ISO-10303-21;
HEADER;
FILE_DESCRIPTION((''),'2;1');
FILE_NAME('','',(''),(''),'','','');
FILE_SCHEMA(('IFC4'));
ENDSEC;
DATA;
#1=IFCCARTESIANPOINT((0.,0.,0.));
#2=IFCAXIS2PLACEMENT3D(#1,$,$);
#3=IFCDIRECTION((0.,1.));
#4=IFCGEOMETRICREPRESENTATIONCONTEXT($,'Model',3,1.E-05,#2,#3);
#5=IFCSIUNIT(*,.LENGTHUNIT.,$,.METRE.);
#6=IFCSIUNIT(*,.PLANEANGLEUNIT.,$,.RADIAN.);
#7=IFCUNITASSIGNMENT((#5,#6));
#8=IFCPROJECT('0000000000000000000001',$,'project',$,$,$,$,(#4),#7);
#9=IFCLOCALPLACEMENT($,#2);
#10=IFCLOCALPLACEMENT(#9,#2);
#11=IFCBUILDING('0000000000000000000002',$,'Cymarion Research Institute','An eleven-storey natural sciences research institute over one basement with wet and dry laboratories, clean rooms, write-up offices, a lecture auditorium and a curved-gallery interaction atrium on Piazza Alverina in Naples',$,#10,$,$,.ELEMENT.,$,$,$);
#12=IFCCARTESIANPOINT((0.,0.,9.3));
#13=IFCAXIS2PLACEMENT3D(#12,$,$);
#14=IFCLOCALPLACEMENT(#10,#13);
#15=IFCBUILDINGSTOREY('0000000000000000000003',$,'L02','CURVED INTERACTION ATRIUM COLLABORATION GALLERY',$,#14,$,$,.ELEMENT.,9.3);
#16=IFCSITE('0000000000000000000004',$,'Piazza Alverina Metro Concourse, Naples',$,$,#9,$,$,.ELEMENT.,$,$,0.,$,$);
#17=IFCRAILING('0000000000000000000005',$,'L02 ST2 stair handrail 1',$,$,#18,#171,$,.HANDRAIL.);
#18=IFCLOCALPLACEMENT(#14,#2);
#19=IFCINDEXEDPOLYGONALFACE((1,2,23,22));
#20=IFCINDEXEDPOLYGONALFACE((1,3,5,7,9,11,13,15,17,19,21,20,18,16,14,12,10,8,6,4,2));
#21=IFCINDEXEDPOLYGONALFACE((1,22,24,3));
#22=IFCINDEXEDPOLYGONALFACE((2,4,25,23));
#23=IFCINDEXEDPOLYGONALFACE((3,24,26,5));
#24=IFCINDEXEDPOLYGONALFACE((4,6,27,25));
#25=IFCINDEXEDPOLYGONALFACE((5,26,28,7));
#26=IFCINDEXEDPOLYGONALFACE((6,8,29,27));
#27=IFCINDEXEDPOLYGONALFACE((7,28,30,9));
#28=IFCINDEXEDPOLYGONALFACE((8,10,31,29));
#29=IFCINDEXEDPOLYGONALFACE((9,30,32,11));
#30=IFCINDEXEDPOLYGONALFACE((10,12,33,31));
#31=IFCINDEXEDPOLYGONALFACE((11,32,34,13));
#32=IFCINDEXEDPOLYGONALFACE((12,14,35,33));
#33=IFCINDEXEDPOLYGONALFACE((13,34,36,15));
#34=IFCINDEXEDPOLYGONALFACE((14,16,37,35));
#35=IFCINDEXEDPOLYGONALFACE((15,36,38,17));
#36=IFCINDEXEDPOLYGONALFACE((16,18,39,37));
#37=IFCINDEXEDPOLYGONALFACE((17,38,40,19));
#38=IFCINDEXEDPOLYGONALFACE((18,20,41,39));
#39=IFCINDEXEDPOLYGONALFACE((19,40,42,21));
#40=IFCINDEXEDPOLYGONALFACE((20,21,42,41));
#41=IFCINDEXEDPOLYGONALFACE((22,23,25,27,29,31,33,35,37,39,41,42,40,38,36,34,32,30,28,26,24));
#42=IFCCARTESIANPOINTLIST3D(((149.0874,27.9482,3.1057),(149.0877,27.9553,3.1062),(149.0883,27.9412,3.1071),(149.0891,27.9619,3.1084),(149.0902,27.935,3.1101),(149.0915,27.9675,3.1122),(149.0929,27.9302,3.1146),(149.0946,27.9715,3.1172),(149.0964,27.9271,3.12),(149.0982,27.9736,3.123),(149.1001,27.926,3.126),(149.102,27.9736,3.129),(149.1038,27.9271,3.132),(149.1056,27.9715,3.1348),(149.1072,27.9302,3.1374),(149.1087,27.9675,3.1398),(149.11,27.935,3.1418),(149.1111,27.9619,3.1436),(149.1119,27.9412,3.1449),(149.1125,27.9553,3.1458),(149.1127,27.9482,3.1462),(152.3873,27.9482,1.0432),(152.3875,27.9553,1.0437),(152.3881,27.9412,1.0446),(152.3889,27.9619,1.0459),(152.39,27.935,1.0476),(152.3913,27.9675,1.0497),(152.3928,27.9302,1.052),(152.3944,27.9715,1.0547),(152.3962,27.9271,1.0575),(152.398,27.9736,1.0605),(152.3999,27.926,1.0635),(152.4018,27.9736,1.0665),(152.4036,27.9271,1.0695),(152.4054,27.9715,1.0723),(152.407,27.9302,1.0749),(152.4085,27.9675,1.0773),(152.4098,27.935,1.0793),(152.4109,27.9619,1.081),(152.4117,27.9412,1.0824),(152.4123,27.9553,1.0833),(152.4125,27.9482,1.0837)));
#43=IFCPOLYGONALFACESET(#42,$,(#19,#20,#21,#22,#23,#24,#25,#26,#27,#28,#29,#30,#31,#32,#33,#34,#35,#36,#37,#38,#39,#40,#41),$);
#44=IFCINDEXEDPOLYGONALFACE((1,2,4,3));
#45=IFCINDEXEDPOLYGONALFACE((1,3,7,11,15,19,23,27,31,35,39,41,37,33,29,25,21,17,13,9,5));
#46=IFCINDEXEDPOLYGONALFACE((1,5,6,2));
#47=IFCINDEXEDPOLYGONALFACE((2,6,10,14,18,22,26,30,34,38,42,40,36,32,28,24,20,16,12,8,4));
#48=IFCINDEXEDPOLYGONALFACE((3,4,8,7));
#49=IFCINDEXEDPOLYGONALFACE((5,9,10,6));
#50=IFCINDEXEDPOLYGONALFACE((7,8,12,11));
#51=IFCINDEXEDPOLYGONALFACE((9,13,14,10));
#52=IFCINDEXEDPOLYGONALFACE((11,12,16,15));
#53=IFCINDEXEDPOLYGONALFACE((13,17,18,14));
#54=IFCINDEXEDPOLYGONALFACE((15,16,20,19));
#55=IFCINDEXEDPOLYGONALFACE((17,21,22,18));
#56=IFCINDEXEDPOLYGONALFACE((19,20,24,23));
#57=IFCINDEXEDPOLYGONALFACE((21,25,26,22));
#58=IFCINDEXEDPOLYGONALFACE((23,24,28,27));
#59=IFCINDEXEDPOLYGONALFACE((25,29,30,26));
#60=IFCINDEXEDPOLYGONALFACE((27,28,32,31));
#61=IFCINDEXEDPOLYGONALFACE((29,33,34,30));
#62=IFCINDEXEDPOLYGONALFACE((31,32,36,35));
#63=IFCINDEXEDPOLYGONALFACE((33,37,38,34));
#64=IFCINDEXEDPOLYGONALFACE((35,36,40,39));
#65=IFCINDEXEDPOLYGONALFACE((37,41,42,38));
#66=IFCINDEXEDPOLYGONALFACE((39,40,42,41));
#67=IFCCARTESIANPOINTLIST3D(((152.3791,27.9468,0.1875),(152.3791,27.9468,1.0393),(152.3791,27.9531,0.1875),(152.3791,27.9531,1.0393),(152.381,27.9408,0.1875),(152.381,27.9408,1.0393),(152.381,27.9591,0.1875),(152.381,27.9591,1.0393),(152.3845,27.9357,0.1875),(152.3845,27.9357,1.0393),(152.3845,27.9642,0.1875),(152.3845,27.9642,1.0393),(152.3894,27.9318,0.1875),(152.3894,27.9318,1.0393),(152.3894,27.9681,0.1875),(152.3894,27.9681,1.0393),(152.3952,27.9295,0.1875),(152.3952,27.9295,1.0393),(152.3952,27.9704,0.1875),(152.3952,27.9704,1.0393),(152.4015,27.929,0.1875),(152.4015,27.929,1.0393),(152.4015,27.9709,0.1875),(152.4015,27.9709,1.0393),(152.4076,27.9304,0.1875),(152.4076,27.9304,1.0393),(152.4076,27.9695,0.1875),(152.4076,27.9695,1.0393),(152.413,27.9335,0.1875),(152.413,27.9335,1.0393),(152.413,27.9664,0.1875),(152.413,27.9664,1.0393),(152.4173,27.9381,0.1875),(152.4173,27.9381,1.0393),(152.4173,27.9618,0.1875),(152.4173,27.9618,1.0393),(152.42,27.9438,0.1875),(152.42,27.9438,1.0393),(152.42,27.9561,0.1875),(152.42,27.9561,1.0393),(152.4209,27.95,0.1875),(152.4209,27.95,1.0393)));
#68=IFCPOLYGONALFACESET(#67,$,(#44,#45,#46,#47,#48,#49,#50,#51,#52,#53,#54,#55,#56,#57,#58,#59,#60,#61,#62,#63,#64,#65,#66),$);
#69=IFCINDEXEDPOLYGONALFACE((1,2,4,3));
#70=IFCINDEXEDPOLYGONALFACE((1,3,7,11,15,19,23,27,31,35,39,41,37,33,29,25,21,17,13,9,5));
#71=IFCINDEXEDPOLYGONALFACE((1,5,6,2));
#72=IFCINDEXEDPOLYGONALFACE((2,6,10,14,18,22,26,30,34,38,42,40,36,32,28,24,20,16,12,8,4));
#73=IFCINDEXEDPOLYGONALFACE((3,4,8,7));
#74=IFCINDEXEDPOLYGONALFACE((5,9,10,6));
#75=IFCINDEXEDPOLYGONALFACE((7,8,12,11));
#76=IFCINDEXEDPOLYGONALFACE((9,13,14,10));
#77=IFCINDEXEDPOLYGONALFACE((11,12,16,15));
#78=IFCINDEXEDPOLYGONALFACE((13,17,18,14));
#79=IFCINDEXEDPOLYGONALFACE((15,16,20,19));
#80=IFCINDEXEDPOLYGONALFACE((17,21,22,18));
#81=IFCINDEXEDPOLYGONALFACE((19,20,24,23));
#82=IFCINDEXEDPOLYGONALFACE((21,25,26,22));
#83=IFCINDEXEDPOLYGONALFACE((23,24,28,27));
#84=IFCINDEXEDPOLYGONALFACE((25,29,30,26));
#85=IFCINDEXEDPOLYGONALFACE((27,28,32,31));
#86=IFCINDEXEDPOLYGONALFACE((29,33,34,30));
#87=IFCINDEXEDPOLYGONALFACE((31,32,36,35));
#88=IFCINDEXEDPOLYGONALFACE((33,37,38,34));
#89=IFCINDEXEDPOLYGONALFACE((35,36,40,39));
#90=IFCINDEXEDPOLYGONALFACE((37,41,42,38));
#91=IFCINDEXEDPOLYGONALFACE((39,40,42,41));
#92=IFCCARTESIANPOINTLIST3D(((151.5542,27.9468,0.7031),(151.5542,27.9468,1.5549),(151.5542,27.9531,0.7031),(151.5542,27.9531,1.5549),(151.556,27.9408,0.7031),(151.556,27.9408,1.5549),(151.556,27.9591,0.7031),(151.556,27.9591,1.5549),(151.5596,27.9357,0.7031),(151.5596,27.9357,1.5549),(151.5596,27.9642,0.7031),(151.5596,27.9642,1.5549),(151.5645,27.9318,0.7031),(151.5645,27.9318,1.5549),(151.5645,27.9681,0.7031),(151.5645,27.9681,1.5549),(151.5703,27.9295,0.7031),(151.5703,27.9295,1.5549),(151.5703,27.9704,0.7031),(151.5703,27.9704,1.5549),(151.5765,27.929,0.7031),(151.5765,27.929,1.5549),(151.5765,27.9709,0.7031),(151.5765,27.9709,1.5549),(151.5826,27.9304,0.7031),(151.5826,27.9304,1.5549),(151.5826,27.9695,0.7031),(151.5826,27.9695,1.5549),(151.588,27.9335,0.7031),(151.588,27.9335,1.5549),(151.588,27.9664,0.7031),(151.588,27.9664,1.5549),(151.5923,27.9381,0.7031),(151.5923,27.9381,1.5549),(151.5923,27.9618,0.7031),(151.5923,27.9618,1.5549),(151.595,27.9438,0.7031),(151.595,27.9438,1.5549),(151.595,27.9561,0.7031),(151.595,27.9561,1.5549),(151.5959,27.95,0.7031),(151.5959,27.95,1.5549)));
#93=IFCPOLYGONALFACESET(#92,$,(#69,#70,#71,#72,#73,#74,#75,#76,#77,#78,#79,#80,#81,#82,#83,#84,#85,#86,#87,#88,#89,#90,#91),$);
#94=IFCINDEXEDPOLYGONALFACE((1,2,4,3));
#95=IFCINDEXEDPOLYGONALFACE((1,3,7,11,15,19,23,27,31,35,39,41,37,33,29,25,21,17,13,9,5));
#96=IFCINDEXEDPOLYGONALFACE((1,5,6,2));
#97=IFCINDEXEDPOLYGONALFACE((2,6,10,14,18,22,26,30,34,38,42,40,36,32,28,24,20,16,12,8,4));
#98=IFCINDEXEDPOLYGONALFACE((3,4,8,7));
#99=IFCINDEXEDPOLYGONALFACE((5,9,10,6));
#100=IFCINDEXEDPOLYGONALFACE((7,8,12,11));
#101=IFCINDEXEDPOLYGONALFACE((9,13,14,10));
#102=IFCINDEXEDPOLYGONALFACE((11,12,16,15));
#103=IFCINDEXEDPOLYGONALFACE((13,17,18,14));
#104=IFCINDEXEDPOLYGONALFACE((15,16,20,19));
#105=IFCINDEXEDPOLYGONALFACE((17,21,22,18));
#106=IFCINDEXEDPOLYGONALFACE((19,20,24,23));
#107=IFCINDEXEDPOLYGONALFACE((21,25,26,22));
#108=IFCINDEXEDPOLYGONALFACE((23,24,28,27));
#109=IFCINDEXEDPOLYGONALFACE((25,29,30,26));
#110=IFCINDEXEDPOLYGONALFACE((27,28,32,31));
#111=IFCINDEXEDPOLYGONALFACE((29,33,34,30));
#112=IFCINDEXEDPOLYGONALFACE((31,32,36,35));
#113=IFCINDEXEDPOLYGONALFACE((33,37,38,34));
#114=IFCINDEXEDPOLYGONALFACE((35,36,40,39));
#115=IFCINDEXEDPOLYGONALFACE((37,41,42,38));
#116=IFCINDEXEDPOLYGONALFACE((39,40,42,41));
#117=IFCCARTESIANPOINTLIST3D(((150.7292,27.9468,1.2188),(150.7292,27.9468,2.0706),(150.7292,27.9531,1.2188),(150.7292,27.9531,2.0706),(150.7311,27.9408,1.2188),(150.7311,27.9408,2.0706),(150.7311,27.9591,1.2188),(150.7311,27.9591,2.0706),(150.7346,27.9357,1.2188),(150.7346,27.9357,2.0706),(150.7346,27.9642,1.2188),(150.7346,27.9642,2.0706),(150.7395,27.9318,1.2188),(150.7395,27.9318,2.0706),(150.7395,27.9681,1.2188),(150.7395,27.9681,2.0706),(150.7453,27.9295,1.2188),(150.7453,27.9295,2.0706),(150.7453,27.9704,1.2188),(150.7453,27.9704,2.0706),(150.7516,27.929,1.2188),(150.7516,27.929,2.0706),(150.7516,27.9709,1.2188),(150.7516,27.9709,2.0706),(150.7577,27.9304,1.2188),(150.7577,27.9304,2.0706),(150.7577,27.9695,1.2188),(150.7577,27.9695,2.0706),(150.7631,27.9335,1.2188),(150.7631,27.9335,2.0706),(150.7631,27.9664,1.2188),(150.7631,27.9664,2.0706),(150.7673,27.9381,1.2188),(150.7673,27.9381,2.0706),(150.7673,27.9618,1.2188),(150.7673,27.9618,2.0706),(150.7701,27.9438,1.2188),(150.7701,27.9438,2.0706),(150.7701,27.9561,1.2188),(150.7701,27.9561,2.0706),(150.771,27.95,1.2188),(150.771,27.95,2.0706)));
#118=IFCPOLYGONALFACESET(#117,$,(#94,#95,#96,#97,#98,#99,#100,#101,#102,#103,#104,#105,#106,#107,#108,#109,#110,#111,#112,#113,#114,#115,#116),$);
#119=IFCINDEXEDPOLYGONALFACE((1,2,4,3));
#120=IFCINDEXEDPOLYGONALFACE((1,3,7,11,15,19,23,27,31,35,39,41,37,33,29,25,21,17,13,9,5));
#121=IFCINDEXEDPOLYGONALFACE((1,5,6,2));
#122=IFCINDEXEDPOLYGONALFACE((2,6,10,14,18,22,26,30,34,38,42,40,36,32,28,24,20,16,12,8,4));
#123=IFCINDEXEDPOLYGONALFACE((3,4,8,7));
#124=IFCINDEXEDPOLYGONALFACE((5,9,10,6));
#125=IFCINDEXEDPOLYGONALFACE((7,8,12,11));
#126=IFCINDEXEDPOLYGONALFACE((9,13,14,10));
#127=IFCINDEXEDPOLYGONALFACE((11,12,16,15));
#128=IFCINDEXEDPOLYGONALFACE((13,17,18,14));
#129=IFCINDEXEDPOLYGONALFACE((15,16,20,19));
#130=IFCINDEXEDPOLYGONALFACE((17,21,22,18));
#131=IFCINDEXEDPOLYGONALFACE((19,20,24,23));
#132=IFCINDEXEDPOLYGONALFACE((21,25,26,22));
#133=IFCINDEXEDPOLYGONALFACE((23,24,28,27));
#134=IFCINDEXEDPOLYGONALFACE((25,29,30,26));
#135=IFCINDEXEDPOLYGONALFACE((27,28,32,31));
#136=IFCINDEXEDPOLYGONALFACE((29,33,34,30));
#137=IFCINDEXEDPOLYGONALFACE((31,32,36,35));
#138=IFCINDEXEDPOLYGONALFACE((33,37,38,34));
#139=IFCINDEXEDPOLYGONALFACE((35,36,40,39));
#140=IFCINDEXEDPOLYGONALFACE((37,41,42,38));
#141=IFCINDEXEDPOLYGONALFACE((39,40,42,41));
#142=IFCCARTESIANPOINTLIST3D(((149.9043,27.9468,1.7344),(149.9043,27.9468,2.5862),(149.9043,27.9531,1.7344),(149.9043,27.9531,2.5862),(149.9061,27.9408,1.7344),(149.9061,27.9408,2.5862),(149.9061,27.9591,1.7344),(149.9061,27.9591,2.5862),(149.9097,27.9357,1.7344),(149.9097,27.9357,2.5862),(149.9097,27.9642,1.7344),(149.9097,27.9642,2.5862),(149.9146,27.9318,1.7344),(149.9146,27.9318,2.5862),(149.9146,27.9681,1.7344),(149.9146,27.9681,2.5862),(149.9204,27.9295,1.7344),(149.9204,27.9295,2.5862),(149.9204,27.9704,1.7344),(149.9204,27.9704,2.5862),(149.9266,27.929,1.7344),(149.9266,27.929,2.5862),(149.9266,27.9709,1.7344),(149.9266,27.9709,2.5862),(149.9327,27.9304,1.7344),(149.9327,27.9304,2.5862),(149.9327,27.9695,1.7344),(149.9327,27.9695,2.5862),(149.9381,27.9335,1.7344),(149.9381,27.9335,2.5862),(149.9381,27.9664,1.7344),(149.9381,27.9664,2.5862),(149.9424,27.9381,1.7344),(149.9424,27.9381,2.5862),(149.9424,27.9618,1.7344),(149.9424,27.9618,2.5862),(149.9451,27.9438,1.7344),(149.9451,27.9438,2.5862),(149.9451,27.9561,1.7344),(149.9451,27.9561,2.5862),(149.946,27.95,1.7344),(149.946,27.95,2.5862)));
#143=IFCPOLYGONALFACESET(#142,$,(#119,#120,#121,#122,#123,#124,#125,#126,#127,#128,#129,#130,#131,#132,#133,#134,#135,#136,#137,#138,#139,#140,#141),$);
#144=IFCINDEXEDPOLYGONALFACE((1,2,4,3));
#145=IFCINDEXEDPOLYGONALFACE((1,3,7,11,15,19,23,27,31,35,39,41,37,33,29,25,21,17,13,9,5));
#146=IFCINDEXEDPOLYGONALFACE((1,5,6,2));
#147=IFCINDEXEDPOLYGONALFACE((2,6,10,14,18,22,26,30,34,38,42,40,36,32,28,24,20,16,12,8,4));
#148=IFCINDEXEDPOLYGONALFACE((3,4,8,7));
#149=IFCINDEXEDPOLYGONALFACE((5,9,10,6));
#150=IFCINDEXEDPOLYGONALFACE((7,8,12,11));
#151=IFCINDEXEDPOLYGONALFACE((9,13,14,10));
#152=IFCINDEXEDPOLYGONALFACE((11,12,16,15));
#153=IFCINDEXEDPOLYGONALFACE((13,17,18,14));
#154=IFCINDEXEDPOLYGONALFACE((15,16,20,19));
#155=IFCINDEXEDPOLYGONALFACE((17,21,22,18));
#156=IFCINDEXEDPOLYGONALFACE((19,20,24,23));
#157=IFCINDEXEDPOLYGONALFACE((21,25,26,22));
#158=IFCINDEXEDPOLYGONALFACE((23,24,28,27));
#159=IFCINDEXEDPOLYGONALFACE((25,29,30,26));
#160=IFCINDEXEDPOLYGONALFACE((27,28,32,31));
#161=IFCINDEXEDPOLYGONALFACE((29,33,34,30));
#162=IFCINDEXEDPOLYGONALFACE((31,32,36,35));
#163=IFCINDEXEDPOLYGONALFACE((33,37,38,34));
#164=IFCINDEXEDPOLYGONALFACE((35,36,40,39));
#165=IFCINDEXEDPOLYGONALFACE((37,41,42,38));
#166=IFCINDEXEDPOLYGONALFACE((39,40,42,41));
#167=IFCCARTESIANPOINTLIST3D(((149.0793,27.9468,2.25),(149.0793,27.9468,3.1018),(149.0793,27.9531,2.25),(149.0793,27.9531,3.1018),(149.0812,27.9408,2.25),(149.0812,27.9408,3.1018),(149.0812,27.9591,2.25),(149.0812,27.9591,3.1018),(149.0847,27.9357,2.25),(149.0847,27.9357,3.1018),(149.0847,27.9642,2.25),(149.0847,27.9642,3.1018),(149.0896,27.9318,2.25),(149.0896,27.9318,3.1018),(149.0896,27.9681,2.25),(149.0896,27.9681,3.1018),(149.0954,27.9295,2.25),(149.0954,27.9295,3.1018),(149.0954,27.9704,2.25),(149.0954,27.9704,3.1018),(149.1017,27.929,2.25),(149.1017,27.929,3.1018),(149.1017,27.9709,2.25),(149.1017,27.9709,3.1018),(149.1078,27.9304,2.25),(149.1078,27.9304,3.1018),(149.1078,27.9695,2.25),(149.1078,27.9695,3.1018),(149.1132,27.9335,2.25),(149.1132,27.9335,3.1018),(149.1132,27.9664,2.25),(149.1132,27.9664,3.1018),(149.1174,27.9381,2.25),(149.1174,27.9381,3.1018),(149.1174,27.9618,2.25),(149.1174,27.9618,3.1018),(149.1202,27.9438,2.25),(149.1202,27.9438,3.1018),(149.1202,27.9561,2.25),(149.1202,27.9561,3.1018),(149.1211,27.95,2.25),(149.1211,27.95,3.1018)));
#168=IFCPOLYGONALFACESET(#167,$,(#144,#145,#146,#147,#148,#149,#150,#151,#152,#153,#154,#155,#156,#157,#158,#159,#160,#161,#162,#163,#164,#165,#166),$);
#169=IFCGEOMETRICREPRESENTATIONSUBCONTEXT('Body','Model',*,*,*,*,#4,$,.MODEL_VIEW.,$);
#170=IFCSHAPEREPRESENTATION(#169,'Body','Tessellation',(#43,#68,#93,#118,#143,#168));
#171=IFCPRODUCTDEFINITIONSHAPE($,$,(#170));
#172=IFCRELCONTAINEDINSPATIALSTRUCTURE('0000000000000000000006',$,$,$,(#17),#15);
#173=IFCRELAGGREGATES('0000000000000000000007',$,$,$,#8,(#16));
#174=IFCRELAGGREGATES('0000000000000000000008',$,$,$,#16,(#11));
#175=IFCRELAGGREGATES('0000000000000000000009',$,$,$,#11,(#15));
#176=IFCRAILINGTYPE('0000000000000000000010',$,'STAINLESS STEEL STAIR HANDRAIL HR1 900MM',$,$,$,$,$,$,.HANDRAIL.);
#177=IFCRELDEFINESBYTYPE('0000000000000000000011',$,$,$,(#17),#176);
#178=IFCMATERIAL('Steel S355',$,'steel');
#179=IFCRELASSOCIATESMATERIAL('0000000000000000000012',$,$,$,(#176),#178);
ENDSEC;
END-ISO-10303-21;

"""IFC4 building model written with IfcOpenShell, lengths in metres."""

from ifc_helpers import new_model, si_unit, direction, frame, origin, origin_2d, place, context, subcontext, project, spatial, circle, extrude, material, type_object, element, save


model = new_model("IFC4")

# Units and contexts
model_context = context("Model", 3, precision=1e-05, world=origin(), true_north=direction((0.0, 1.0)))
body_context = subcontext(model_context, "Body", "Model", "MODEL_VIEW")
ifc_project = project(units=[si_unit("LENGTHUNIT", "METRE"), si_unit("PLANEANGLEUNIT", "RADIAN")], contexts=[model_context])

# Site, building, storey
site_placement = place(None, origin())
site = spatial("IfcSite", under=ifc_project, at=site_placement, Name="Piazza Alverina Metro Concourse, Naples", CompositionType="ELEMENT", RefElevation=0.0)
building_placement = place(site_placement, origin())
building = spatial("IfcBuilding", under=site, at=building_placement, Name="Cymarion Research Institute", Description="An eleven-storey natural sciences research institute over one basement with wet and dry laboratories, clean rooms, write-up offices, a lecture auditorium and a curved-gallery interaction atrium on Piazza Alverina in Naples", CompositionType="ELEMENT")
storey_placement = place(building_placement, frame((0.0, 0.0, 9.3)))
storey = spatial("IfcBuildingStorey", under=building, at=storey_placement, Name="L02", Description="CURVED INTERACTION ATRIUM COLLABORATION GALLERY", CompositionType="ELEMENT", Elevation=9.3)

# Railing
ifc_material_1 = material(Name="Steel S355", Category="steel")
railing_type_1 = type_object("IfcRailingType", Name="STAINLESS STEEL STAIR HANDRAIL HR1 900MM", PredefinedType="HANDRAIL", material=ifc_material_1)
railing_1_placement = place(storey_placement, frame((152.3999, 27.95, 0.1875)))
element("IfcRailing", 1, at=railing_1_placement, inside=storey, type_object=railing_type_1, Name="L02 ST2 stair handrail 1", PredefinedType="HANDRAIL", context=body_context, shape_type="SweptSolid", body=[
    extrude(circle(Radius=0.0239, at=origin_2d()), frame((0.0, 0.0, 0.876), z_axis=(-0.847984, 0.0, 0.530021), x_axis=(0.0, -1.0, 0.0)), (0.0, 0.0, 1.0), 3.8914),
    extrude(circle(Radius=0.021, at=origin_2d()), origin(), (0.0, 0.0, 1.0), 0.8518),
    extrude(circle(Radius=0.021, at=origin_2d()), frame((-0.825, 0.0, 0.5156)), (0.0, 0.0, 1.0), 0.8518),
    extrude(circle(Radius=0.021, at=origin_2d()), frame((-1.6499, 0.0, 1.0312)), (0.0, 0.0, 1.0), 0.8518),
    extrude(circle(Radius=0.021, at=origin_2d()), frame((-2.4749, 0.0, 1.5469)), (0.0, 0.0, 1.0), 0.8518),
    extrude(circle(Radius=0.021, at=origin_2d()), frame((-3.2998, 0.0, 2.0625)), (0.0, 0.0, 1.0), 0.8518),
])

save(model, "model.ifc")
